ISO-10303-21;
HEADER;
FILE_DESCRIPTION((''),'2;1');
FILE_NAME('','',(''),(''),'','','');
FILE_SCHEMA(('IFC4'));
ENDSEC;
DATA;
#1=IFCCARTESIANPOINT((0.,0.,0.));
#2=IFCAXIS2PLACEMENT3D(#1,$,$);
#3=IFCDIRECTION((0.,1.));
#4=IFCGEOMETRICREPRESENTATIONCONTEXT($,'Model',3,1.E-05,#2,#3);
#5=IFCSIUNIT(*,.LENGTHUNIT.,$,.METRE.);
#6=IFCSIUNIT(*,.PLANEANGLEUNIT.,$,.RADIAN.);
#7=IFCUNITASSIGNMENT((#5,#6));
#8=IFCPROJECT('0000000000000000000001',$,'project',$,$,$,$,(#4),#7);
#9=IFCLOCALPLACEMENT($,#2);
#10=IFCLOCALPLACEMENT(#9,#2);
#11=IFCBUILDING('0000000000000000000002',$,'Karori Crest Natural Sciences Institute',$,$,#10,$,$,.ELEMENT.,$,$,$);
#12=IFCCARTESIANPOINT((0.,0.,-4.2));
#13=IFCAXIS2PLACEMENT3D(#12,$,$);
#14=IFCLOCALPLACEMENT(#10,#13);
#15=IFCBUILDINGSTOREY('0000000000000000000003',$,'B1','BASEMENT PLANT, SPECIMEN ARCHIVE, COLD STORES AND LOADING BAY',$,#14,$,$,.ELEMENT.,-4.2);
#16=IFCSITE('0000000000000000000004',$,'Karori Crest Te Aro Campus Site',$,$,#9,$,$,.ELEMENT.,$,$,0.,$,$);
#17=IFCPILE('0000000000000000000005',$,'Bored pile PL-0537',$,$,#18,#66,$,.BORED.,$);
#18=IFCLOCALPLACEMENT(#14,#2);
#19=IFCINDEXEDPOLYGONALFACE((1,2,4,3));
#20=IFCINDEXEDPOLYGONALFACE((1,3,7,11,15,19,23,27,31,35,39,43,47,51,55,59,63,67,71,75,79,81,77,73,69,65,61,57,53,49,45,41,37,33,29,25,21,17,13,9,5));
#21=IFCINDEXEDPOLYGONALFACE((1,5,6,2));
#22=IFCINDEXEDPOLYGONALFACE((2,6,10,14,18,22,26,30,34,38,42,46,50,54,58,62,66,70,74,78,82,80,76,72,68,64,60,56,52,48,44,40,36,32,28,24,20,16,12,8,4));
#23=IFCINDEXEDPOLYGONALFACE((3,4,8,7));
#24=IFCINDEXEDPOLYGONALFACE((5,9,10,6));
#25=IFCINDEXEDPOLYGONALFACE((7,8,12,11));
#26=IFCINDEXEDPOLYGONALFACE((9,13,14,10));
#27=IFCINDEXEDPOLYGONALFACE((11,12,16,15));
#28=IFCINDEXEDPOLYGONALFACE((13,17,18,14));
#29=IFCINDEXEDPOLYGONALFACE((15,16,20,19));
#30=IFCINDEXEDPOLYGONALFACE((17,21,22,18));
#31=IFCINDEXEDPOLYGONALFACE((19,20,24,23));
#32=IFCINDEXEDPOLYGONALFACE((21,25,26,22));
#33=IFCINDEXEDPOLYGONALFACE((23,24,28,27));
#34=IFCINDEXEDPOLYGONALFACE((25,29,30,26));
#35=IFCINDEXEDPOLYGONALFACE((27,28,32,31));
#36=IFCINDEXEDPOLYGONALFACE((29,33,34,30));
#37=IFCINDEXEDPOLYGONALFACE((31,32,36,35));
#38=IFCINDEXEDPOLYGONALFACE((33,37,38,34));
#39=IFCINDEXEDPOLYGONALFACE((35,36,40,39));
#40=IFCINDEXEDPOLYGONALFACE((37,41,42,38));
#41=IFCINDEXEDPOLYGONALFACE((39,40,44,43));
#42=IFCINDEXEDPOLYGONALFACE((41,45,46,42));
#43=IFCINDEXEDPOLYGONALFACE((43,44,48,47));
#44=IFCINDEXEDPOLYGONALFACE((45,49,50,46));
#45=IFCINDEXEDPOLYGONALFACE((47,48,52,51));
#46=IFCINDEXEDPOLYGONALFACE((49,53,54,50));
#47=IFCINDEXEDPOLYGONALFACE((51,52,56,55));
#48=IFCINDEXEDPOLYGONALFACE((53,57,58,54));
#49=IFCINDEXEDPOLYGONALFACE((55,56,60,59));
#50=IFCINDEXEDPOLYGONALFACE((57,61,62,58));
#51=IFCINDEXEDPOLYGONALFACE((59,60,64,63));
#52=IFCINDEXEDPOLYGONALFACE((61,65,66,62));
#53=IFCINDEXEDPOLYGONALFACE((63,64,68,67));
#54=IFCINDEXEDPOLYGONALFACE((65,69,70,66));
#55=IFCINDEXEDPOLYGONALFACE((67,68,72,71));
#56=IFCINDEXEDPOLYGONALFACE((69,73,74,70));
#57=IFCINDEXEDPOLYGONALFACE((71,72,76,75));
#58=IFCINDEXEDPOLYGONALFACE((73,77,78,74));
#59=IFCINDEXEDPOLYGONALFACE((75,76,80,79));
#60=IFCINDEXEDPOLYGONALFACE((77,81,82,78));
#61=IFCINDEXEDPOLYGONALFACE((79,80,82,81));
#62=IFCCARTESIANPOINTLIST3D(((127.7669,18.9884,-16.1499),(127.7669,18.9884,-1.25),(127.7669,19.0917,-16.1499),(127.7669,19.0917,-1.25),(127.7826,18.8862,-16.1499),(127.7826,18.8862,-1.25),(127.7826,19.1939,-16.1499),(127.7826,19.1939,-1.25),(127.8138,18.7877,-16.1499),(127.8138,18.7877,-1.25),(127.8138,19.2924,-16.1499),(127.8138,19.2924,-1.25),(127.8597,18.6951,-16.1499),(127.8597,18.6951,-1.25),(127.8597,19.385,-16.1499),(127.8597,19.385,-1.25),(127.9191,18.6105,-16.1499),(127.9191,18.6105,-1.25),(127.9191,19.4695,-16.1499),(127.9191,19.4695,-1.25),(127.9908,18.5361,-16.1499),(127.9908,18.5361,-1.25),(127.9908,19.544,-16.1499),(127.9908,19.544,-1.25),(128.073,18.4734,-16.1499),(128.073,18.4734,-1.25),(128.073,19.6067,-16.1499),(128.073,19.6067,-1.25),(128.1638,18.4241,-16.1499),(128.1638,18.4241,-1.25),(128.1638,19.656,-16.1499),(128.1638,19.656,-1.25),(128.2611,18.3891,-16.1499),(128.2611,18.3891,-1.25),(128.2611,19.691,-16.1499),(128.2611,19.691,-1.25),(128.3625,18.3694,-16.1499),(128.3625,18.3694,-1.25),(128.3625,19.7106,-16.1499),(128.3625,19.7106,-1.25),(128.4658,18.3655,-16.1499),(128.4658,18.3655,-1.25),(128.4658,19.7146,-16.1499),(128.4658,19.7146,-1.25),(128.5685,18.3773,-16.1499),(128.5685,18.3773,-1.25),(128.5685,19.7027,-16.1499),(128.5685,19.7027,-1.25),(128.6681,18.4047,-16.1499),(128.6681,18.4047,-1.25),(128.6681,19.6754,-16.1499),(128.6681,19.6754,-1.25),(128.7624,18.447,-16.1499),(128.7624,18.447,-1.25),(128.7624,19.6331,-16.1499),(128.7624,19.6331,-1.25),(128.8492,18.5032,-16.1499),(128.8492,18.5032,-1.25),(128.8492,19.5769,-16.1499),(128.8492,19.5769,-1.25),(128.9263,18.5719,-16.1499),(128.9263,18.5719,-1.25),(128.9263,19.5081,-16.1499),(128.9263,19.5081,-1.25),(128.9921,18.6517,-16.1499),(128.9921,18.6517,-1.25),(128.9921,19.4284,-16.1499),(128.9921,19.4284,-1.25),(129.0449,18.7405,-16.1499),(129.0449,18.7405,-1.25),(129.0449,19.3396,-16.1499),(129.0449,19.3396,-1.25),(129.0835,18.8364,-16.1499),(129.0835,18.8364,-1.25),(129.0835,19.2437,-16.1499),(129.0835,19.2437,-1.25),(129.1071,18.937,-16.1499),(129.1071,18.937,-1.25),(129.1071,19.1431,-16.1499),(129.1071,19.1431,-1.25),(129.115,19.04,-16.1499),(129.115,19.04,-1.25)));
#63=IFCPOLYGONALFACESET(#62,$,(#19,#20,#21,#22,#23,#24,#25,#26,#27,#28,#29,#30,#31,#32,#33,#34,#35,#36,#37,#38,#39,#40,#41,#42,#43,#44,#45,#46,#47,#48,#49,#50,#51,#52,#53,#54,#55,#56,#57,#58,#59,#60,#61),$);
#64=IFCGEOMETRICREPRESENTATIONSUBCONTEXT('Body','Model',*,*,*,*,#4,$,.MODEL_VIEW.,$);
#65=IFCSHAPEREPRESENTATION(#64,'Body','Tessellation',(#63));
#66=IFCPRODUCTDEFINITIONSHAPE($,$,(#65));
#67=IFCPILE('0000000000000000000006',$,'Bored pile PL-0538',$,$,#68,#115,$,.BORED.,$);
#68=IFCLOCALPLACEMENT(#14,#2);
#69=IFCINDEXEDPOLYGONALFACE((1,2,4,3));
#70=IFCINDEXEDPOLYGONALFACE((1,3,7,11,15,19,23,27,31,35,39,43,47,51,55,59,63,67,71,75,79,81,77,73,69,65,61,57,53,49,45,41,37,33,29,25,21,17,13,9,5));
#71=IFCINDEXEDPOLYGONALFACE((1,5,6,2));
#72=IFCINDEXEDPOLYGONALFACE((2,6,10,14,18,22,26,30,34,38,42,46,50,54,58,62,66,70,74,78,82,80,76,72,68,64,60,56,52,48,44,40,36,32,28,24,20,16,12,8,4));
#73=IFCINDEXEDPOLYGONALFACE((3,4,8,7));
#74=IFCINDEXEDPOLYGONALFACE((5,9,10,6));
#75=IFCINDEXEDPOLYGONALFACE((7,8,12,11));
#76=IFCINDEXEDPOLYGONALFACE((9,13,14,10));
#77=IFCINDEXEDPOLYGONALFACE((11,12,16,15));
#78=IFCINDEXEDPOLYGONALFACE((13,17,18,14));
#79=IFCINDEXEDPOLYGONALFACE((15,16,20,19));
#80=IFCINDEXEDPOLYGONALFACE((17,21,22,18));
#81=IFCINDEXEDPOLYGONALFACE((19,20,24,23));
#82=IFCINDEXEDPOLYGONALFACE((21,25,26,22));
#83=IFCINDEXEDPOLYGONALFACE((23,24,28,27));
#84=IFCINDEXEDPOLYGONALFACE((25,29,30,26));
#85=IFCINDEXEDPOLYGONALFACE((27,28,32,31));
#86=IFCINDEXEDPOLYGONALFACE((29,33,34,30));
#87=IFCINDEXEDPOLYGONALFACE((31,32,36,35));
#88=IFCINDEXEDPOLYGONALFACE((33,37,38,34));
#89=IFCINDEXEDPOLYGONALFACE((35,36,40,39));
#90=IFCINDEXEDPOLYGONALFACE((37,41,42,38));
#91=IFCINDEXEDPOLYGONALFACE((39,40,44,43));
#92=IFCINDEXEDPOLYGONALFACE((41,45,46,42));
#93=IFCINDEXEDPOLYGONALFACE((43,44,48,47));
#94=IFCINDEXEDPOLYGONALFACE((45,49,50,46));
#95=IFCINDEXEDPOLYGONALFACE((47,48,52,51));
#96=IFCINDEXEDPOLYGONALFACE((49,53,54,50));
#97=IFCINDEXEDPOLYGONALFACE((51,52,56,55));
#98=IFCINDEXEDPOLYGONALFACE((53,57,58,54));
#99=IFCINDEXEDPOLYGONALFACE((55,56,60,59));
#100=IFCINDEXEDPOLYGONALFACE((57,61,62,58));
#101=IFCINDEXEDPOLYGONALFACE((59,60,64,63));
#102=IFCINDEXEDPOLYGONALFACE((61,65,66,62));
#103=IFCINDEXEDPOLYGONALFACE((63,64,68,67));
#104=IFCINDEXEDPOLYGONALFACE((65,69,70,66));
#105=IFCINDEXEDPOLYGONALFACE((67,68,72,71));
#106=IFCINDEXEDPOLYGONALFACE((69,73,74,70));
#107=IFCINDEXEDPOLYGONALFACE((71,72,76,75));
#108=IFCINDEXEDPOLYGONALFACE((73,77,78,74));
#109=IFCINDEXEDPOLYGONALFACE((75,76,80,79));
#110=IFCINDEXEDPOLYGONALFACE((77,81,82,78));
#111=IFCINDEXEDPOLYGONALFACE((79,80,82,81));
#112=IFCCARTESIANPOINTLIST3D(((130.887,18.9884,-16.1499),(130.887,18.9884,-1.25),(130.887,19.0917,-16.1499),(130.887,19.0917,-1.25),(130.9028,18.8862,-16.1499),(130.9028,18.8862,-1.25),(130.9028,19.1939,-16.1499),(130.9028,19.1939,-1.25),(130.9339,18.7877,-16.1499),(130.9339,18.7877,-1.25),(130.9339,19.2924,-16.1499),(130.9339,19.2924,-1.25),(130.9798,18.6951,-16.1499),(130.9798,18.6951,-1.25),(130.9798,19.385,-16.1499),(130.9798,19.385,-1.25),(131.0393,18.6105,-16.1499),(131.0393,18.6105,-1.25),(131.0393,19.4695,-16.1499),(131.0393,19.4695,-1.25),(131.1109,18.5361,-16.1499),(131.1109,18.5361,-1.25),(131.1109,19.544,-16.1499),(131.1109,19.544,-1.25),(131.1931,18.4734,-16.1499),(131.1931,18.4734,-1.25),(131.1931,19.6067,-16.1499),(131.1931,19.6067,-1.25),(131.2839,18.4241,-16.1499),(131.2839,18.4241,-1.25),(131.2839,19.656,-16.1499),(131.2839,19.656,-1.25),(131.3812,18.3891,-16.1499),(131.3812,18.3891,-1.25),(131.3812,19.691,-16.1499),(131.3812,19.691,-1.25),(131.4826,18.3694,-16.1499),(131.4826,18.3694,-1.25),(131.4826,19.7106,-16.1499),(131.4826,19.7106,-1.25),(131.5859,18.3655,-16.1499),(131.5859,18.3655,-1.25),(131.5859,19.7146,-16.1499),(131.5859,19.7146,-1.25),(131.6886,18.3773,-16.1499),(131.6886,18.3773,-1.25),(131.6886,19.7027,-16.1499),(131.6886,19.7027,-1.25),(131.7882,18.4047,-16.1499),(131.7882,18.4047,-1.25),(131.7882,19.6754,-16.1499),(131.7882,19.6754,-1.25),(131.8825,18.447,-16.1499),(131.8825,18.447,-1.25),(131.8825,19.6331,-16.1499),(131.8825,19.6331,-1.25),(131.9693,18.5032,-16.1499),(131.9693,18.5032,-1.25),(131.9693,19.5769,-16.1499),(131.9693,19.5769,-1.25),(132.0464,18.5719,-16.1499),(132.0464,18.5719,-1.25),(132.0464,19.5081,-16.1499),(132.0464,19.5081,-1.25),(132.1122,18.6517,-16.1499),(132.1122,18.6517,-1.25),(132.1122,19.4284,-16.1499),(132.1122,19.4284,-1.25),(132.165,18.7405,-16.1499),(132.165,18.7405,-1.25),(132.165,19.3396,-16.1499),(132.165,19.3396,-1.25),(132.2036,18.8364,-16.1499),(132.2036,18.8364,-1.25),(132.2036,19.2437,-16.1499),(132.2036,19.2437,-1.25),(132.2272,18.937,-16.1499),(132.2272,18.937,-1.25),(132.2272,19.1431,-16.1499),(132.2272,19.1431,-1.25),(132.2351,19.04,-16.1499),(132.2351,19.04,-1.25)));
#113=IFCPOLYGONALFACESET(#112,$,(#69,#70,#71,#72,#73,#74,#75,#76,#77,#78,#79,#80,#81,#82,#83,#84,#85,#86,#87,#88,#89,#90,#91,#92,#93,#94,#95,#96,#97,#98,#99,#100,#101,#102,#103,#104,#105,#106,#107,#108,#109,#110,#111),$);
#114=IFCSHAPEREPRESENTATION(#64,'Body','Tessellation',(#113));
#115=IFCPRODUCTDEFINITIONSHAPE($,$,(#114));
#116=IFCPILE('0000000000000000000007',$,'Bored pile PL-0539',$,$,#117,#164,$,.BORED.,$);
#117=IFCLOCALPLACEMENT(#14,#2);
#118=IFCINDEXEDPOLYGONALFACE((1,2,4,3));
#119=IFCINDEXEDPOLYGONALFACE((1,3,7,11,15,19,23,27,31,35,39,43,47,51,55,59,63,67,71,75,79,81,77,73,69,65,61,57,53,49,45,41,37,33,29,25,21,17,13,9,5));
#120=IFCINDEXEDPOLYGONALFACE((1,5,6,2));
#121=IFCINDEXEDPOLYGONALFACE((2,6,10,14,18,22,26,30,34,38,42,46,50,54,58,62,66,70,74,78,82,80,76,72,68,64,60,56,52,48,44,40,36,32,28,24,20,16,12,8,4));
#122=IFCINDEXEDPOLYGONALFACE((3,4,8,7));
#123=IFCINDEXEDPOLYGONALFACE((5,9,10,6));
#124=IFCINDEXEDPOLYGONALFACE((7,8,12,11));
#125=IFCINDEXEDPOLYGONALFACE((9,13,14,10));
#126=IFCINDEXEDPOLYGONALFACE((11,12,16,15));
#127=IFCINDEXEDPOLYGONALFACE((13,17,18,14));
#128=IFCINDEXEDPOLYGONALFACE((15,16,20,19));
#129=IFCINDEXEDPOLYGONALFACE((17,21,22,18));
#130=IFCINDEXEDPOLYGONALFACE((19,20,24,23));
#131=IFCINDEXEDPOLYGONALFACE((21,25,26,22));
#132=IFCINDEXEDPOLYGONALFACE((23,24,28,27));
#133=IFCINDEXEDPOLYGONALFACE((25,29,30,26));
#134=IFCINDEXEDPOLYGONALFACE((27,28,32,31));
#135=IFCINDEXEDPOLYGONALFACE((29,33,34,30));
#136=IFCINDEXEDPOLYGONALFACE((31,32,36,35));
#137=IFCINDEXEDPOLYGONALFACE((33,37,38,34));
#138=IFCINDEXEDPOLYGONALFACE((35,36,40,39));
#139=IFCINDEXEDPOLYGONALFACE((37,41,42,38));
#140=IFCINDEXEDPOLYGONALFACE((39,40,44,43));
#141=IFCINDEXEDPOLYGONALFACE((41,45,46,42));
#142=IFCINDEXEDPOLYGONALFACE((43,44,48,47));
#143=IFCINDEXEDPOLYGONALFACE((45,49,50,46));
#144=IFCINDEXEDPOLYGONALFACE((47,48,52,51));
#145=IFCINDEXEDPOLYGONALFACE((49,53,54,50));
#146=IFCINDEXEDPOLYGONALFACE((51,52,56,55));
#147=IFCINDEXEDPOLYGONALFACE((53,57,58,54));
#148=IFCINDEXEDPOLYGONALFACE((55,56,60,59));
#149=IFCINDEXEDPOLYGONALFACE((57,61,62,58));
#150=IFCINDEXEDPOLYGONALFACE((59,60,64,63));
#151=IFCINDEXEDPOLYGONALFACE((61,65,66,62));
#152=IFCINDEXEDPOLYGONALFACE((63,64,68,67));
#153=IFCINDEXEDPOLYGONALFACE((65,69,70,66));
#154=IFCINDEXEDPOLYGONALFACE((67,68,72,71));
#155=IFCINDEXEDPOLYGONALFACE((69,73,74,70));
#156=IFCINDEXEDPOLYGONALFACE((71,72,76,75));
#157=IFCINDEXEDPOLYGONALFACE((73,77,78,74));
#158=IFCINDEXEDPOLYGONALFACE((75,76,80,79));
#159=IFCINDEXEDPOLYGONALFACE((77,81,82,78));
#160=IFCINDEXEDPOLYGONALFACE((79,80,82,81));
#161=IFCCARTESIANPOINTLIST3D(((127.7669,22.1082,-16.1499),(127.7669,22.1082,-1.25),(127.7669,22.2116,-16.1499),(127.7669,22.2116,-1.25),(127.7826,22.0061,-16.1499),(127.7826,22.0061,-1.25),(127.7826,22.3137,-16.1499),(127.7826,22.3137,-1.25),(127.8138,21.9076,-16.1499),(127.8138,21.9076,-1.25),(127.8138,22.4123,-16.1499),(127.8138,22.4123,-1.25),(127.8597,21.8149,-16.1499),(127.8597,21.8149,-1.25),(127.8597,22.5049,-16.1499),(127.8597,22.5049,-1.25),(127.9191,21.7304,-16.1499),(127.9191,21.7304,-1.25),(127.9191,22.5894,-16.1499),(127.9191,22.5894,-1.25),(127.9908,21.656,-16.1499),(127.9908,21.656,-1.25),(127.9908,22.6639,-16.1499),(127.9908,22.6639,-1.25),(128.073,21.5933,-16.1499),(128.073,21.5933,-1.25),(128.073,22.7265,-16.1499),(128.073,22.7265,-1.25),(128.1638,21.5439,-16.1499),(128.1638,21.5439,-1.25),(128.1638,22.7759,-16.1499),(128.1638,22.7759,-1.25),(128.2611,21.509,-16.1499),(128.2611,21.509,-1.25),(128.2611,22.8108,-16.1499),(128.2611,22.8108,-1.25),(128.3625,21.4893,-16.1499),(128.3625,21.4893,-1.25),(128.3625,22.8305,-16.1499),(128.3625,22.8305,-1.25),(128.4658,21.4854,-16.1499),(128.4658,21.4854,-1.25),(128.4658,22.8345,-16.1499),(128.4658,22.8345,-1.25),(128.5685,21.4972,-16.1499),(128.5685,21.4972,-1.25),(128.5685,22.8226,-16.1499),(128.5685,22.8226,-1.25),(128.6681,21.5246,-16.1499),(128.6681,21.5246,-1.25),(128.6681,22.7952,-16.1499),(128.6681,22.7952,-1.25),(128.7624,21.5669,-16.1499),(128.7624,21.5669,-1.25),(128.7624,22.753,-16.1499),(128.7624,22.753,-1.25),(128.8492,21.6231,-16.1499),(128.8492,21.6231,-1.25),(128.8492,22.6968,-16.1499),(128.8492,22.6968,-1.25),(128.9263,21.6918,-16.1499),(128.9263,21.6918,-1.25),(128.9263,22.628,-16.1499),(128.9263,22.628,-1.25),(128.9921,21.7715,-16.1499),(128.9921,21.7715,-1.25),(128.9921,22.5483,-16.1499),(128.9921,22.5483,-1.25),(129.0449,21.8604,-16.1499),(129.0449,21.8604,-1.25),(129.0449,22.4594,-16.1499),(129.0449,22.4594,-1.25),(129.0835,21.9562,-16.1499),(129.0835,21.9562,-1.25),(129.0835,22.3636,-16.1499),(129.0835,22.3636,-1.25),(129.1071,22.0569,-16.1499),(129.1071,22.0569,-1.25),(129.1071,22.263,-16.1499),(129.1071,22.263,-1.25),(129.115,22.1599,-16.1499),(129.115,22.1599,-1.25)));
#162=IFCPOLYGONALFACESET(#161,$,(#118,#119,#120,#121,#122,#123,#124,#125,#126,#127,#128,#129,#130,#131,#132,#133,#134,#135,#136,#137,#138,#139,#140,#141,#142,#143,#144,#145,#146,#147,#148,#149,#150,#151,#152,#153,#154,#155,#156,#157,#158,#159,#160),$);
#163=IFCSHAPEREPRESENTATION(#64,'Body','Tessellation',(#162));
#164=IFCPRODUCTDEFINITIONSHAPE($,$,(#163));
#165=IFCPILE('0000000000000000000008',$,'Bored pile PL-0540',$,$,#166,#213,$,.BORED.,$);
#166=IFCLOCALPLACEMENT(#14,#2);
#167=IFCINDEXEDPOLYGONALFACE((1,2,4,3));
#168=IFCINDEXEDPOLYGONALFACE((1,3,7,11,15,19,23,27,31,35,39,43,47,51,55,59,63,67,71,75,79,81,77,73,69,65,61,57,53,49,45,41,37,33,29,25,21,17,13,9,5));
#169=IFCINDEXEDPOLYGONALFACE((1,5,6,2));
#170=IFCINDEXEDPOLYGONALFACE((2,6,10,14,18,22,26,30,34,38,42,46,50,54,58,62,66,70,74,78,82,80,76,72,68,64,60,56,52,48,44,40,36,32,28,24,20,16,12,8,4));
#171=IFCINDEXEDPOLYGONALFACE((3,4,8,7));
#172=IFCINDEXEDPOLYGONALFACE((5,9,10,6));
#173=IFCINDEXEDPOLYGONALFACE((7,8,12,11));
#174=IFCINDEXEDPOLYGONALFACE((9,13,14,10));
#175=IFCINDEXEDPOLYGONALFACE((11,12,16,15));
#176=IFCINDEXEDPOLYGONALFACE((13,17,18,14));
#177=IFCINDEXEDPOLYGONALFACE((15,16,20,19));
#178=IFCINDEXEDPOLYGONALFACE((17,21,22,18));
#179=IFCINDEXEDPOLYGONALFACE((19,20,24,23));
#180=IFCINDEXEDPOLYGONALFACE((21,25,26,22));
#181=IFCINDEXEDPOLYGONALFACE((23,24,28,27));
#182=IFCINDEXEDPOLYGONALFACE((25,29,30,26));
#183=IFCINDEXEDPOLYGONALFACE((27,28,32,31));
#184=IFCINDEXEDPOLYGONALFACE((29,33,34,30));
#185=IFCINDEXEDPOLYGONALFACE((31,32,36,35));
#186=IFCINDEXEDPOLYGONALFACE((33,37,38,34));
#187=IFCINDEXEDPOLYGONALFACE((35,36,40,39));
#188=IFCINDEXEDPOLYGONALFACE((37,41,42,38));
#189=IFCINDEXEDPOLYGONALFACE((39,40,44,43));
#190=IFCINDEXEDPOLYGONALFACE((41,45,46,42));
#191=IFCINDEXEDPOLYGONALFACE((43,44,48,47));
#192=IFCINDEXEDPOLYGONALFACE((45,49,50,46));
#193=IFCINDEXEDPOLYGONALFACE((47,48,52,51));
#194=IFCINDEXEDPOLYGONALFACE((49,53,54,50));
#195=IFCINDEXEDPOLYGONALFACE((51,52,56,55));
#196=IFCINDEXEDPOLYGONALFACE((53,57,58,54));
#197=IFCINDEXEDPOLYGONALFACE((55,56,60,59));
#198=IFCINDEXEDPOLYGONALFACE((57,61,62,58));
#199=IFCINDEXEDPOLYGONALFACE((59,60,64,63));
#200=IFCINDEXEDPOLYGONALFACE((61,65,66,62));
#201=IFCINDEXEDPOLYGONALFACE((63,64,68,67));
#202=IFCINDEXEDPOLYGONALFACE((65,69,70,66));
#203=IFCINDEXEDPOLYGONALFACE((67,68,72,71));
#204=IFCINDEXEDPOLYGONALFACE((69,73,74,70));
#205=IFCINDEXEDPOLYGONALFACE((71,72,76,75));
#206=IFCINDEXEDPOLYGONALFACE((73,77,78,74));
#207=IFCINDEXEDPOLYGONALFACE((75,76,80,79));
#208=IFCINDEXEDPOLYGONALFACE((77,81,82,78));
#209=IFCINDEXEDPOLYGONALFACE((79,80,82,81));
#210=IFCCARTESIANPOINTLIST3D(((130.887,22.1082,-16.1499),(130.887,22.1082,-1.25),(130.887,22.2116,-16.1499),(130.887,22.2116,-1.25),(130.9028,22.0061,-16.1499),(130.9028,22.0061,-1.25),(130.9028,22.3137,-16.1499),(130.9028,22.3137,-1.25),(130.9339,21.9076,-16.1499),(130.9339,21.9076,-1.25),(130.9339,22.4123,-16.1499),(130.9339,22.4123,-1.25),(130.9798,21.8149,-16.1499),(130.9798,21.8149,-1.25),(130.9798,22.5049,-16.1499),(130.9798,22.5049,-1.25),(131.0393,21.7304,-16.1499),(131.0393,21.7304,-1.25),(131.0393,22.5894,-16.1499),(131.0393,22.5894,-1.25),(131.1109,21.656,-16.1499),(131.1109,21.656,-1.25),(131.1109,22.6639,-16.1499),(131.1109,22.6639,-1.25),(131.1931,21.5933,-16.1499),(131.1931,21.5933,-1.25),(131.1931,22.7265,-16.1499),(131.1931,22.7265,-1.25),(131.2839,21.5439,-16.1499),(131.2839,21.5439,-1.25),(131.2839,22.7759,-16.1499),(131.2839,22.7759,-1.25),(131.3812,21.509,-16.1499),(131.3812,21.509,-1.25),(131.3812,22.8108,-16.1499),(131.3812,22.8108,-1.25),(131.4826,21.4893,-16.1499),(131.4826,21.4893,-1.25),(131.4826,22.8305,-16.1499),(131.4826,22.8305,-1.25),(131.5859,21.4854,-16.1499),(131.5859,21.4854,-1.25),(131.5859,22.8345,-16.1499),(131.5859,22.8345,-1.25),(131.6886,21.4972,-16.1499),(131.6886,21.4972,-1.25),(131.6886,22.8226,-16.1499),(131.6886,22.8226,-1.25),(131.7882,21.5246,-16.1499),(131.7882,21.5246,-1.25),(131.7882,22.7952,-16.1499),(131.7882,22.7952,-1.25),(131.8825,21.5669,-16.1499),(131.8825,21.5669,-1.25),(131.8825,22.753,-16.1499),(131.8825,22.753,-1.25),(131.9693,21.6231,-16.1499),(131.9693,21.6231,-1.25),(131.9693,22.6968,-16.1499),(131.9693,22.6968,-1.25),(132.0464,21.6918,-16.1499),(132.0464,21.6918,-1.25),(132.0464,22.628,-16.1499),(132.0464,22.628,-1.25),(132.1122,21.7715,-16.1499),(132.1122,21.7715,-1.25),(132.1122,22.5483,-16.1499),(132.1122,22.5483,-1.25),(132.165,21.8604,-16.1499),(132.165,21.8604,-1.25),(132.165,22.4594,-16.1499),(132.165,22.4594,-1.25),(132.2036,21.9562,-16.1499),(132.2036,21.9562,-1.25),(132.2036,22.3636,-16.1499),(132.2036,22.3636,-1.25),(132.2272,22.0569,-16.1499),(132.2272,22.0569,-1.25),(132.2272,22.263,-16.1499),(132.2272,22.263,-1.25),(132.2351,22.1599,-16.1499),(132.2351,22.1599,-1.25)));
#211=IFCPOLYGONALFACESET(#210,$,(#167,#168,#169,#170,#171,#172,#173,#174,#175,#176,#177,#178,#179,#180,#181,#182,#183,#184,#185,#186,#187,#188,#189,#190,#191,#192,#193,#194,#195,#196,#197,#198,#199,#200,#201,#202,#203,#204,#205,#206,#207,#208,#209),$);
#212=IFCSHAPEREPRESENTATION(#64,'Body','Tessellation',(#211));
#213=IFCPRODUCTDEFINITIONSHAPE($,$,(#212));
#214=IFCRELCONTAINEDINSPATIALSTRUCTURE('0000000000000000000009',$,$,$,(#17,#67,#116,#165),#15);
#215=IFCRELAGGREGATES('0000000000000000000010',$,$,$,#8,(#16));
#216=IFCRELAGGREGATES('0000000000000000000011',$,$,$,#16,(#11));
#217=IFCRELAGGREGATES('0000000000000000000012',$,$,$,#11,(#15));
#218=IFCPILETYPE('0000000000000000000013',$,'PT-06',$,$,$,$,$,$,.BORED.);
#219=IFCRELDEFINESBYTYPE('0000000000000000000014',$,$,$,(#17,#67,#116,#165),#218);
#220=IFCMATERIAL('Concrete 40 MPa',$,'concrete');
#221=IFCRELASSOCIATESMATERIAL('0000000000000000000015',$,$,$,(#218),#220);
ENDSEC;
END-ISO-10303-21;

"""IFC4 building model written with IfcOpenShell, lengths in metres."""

from ifc_helpers import new_model, si_unit, direction, frame, origin, origin_2d, place, context, subcontext, project, spatial, circle, extrude, material, material_profile, profile_set, type_object, element, save


model = new_model("IFC4")

# Units and contexts
model_context = context("Model", 3, precision=1e-05, world=origin(), true_north=direction((0.0, 1.0)))
body_context = subcontext(model_context, "Body", "Model", "MODEL_VIEW")
ifc_project = project(units=[si_unit("LENGTHUNIT", "METRE"), si_unit("PLANEANGLEUNIT", "RADIAN")], contexts=[model_context])

# Site, building, storey
site_placement = place(None, origin())
site = spatial("IfcSite", under=ifc_project, at=site_placement, Name="Karori Crest Te Aro Campus Site", CompositionType="ELEMENT", RefElevation=0.0)
building_placement = place(site_placement, origin())
building = spatial("IfcBuilding", under=site, at=building_placement, Name="Karori Crest Natural Sciences Institute", CompositionType="ELEMENT")
storey_placement = place(building_placement, frame((0.0, 0.0, -4.2)))
storey = spatial("IfcBuildingStorey", under=building, at=storey_placement, Name="B1", Description="BASEMENT PLANT, SPECIMEN ARCHIVE, COLD STORES AND LOADING BAY", CompositionType="ELEMENT", Elevation=-4.2)

# Shared definitions
ifc_material_1 = material(Name="Concrete 40 MPa", Category="concrete")

# Piles
ifc_material_profile_1 = material_profile(ifc_material_1, circle(Radius=0.675, at=origin_2d()), Name="PILE1350")
ifc_profile_set_1 = profile_set([ifc_material_profile_1], Name="Concrete 40 MPa")
pile_type = type_object("IfcPileType", Name="PT-06", PredefinedType="BORED", material=ifc_profile_set_1)
for number, where, z_axis, x_axis, name in (
    (1, (128.4399, 19.04, -1.25), (0.0, 0.0, -1.0), (1.0, 0.0, 0.0), "Bored pile PL-0537"),
    (2, (131.5601, 19.04, -1.25), (0.0, 0.0, -1.0), (1.0, 0.0, 0.0), "Bored pile PL-0538"),
    (3, (128.4399, 22.1599, -1.25), (0.0, 0.0, -1.0), (1.0, 0.0, 0.0), "Bored pile PL-0539"),
    (4, (131.5601, 22.1599, -1.25), (0.0, 0.0, -1.0), (1.0, 0.0, 0.0), "Bored pile PL-0540"),
):
    element("IfcPile", number, at=place(storey_placement, frame(where, z_axis=z_axis, x_axis=x_axis)), inside=storey, type_object=pile_type, Name=name, PredefinedType="BORED", context=body_context, shape_type="SweptSolid", body=[
        extrude(circle(Radius=0.675, at=origin_2d()), origin(), (0.0, 0.0, 1.0), 14.8999),
    ])

save(model, "model.ifc")
